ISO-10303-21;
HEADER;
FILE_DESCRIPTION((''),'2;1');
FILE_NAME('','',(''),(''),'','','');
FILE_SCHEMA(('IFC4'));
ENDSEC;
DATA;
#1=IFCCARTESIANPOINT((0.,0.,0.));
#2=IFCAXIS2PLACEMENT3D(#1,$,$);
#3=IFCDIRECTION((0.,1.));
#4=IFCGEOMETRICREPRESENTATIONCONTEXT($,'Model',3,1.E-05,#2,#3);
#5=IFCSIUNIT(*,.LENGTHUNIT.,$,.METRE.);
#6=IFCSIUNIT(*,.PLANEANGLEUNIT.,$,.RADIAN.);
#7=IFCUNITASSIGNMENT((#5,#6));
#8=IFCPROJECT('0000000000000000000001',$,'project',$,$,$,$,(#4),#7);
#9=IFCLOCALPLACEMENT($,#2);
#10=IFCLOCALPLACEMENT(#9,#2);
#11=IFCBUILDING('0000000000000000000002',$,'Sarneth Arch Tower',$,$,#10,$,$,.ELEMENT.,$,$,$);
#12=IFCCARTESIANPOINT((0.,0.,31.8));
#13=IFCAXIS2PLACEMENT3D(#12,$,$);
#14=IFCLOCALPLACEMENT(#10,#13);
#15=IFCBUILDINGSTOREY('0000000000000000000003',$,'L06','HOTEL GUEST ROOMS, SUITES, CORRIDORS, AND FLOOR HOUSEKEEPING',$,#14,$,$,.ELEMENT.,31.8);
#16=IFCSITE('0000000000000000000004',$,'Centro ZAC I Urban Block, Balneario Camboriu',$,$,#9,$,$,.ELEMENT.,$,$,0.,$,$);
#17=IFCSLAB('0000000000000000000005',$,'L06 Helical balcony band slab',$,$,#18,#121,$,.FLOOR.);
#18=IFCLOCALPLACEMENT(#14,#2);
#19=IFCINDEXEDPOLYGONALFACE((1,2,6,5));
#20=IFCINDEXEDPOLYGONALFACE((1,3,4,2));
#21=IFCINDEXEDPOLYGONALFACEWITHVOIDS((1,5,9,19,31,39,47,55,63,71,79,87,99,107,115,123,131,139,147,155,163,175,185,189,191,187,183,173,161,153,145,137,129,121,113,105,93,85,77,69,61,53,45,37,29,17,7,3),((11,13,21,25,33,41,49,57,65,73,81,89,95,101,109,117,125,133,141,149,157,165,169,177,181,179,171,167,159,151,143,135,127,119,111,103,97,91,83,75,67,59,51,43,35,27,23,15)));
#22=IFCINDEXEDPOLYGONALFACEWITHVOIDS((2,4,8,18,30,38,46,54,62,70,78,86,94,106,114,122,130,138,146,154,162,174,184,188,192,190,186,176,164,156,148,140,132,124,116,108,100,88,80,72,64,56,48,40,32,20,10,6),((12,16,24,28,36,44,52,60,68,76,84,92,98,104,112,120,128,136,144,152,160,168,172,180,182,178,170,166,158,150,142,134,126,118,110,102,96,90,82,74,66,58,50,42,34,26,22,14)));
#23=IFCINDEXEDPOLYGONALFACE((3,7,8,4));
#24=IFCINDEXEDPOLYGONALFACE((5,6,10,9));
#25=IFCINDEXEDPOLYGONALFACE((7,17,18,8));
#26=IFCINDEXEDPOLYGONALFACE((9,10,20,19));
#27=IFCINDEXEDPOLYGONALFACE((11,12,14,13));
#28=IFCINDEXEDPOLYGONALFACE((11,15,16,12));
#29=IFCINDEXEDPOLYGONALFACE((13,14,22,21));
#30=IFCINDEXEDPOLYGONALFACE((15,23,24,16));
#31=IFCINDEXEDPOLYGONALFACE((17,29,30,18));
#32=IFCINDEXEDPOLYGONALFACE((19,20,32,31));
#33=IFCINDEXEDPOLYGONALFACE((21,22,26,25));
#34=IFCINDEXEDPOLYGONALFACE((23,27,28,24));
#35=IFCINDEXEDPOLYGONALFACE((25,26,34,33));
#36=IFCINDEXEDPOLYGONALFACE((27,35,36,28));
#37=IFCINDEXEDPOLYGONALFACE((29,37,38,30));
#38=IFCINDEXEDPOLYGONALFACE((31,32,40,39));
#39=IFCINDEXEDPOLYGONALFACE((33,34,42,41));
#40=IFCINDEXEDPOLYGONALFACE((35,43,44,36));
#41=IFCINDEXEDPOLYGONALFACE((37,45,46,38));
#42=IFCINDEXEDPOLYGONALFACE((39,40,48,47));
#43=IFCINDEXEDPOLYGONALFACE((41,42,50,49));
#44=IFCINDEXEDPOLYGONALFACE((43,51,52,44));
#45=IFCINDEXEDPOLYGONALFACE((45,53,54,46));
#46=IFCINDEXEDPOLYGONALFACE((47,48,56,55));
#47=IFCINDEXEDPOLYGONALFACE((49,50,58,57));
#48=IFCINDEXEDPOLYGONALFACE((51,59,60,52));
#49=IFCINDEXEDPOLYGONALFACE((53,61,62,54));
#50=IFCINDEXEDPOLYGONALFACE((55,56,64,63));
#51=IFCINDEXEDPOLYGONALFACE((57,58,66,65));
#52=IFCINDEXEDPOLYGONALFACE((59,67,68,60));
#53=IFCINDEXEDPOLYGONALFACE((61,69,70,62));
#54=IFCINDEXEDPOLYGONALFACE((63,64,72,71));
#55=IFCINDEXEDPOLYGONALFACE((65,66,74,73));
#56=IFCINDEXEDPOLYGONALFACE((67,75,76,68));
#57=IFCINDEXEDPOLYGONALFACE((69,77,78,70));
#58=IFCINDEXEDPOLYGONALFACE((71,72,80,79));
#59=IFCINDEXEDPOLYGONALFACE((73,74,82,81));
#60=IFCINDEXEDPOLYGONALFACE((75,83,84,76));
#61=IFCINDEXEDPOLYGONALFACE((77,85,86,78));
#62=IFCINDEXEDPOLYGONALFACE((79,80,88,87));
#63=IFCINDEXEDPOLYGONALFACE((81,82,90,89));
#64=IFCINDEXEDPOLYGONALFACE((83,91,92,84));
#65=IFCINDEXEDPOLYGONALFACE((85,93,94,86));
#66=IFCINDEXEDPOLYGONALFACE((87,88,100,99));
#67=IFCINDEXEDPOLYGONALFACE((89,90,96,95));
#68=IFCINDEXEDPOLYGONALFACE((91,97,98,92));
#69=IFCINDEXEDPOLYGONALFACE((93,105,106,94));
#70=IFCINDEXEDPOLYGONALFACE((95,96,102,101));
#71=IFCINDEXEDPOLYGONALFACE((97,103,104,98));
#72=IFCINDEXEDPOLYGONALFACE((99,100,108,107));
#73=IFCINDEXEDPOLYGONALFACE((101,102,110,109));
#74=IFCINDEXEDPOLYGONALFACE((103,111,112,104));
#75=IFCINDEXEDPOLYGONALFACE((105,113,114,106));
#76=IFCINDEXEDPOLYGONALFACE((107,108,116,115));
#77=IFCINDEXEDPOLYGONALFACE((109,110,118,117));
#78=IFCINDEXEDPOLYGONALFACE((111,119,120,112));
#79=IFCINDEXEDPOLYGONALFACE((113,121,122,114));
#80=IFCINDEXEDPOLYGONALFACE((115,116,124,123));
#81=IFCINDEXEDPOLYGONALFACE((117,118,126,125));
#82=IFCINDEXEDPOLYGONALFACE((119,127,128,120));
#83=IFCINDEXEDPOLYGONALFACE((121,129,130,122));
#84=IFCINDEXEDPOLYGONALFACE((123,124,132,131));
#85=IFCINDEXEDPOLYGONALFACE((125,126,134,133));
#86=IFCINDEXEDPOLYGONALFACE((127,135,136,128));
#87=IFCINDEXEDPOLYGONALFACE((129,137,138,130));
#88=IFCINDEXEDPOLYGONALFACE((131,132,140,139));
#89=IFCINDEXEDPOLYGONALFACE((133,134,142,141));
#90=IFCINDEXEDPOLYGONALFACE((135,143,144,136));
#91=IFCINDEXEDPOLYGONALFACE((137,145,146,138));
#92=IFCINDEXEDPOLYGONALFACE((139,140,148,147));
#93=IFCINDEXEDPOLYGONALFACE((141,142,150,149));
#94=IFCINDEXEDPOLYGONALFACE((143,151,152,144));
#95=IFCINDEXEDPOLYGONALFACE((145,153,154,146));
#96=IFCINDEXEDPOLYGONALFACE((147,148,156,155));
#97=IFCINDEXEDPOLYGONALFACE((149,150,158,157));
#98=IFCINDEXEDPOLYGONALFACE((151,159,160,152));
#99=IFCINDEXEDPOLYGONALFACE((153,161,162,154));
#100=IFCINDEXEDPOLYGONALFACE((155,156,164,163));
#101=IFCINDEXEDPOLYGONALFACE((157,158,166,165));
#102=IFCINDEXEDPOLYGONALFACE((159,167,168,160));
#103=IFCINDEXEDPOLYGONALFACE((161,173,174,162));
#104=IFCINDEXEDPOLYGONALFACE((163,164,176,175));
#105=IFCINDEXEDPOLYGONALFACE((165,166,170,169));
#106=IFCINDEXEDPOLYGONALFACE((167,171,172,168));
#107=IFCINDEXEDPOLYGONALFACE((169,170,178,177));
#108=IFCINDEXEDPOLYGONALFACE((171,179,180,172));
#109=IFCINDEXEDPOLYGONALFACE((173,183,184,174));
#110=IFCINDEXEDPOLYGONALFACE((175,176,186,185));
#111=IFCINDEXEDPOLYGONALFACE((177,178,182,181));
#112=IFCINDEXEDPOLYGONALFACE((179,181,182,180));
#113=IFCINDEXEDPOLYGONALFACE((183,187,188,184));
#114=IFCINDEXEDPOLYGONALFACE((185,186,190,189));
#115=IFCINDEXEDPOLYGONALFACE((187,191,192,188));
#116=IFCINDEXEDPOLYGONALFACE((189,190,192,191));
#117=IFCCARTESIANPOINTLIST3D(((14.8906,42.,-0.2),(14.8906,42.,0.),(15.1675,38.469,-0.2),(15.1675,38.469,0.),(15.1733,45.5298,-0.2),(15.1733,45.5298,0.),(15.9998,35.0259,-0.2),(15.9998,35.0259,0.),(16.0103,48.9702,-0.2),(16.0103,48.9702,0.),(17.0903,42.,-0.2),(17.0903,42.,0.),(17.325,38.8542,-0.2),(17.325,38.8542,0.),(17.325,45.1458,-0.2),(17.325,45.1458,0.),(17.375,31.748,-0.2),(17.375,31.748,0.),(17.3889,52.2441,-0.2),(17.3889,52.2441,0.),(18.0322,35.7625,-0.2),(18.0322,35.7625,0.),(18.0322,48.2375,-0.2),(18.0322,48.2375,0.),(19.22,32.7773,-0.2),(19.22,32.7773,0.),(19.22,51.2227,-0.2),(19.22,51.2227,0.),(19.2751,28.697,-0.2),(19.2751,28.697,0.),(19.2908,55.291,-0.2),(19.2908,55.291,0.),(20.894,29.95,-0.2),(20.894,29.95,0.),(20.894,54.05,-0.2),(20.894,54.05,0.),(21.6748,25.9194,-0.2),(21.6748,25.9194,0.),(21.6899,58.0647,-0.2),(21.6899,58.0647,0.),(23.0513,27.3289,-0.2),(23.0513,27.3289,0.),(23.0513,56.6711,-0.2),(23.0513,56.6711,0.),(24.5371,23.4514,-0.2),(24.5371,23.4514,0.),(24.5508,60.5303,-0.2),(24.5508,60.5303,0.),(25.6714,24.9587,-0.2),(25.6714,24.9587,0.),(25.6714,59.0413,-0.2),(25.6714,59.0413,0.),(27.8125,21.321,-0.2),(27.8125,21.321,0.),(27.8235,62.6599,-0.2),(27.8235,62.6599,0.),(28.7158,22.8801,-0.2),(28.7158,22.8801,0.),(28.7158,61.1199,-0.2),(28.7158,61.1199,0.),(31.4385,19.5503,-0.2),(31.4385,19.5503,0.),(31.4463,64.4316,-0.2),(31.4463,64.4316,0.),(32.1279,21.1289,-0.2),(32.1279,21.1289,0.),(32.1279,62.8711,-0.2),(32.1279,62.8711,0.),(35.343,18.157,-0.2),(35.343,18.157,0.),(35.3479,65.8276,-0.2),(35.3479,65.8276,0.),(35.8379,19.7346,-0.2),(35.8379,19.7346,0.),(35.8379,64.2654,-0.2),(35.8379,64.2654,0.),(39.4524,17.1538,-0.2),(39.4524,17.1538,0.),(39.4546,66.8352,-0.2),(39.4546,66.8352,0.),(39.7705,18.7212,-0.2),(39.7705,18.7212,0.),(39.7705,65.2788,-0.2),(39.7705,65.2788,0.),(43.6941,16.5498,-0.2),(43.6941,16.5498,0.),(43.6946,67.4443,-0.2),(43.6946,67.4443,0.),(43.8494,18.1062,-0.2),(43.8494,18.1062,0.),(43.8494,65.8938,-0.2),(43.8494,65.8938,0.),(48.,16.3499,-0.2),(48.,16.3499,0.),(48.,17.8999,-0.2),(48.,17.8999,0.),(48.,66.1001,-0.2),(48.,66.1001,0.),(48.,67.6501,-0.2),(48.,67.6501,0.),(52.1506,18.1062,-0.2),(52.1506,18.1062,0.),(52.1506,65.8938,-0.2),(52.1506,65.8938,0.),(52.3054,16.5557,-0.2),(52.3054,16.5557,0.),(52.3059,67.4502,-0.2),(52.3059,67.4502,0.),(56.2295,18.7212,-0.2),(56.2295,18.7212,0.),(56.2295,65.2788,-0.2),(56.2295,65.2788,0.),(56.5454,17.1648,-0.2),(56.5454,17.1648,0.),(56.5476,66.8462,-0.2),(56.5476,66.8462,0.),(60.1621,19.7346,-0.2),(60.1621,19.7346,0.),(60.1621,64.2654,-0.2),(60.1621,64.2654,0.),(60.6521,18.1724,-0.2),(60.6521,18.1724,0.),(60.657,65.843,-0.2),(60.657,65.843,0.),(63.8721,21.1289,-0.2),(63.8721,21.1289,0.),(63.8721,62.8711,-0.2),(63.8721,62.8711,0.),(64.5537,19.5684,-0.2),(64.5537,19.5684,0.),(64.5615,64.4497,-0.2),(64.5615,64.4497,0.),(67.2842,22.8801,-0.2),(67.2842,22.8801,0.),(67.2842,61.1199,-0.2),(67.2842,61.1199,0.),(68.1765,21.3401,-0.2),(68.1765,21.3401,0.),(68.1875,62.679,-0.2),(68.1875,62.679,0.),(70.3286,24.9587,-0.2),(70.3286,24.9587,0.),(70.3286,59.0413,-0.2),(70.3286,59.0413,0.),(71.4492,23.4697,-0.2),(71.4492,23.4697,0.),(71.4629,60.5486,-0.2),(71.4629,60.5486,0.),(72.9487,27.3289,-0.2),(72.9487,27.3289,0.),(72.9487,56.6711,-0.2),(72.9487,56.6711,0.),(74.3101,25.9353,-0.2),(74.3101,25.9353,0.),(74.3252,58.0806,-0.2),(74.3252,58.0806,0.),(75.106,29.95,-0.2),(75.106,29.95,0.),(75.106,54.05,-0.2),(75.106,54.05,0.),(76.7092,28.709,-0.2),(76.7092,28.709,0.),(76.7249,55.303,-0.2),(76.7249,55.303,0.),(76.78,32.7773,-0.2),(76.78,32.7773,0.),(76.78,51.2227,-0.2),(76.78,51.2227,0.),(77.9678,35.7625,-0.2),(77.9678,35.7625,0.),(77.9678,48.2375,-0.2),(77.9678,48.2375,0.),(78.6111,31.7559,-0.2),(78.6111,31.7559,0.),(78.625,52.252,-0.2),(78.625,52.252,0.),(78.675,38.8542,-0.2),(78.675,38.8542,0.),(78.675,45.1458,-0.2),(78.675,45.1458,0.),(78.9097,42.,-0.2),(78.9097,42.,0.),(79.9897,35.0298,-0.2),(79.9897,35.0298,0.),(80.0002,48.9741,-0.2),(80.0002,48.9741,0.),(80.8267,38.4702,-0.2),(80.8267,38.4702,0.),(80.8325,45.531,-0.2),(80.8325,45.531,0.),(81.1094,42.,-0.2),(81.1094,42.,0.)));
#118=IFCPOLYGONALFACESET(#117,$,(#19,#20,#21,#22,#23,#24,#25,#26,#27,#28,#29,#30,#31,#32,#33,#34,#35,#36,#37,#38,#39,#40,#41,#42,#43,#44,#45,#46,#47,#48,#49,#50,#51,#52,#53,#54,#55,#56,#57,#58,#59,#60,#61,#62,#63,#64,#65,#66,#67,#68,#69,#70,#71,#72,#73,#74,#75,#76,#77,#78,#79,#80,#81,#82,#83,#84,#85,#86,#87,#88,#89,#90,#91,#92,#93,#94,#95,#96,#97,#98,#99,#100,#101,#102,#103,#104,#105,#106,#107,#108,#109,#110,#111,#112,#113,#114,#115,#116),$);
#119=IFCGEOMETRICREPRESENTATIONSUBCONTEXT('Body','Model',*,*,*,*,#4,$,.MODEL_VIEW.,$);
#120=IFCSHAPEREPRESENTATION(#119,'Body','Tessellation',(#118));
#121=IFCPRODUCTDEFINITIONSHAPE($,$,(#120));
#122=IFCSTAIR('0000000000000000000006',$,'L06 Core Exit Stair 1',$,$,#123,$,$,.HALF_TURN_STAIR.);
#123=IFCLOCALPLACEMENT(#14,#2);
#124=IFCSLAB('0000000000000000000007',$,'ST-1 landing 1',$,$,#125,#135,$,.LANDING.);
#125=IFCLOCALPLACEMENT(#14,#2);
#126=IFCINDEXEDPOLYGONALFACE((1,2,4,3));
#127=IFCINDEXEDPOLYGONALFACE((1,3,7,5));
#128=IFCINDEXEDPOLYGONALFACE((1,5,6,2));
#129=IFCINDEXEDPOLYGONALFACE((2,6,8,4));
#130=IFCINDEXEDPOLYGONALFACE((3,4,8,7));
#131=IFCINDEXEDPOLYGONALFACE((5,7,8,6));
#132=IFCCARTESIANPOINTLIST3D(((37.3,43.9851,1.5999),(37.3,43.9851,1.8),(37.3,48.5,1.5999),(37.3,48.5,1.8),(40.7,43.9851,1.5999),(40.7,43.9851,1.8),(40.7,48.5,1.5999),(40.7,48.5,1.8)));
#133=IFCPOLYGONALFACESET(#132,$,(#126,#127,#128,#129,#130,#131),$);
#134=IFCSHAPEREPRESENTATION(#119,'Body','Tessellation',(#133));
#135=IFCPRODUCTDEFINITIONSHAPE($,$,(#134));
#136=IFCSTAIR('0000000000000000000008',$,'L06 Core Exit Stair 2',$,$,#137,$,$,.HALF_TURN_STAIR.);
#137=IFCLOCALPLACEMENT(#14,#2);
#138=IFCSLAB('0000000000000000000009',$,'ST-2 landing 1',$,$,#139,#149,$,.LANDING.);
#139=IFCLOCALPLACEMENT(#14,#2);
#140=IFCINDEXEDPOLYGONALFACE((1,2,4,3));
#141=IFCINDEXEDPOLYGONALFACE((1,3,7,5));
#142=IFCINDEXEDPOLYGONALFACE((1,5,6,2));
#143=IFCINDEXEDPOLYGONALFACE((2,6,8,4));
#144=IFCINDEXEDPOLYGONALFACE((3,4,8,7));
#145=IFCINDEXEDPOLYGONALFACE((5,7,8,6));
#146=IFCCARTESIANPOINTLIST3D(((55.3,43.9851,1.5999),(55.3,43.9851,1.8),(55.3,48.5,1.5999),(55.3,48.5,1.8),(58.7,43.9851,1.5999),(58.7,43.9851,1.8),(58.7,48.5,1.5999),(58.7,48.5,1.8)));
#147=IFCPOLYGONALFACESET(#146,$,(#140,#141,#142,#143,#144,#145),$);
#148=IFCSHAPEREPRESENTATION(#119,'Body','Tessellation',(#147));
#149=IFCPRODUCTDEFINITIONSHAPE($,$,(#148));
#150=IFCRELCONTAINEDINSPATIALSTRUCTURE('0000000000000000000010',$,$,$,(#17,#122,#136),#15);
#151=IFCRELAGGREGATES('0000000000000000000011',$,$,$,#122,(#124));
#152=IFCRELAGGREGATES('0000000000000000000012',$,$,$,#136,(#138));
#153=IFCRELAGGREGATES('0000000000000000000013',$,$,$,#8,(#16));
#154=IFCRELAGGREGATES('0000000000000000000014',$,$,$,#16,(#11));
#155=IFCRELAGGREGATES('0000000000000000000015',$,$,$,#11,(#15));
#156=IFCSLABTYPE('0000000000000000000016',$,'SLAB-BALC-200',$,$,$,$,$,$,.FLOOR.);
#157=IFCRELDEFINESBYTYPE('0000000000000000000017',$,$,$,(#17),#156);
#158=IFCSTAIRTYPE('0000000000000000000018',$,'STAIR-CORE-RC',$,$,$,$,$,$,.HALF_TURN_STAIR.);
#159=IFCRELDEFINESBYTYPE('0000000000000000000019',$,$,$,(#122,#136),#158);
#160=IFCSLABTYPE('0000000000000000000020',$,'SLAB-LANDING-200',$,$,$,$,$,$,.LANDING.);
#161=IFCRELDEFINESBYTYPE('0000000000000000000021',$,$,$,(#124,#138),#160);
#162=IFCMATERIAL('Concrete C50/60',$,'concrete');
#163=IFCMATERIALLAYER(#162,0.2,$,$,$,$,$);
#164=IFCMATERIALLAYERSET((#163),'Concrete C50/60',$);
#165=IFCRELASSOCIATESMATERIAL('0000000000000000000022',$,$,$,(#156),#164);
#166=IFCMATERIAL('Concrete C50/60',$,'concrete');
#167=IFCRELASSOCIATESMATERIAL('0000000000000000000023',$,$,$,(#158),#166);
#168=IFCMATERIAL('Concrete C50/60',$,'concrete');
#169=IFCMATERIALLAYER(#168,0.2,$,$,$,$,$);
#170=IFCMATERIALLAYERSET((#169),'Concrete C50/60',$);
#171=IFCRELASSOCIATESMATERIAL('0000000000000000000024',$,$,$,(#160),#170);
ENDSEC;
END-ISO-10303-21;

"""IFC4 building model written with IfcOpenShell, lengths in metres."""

from ifc_helpers import new_model, si_unit, direction, frame, origin, place, context, subcontext, project, spatial, polyline, outline, extrude, material, layer, layer_set, type_object, element, aggregate, save


model = new_model("IFC4")

# Units and contexts
model_context = context("Model", 3, precision=1e-05, world=origin(), true_north=direction((0.0, 1.0)))
body_context = subcontext(model_context, "Body", "Model", "MODEL_VIEW")
ifc_project = project(units=[si_unit("LENGTHUNIT", "METRE"), si_unit("PLANEANGLEUNIT", "RADIAN")], contexts=[model_context])

# Site, building, storey
site_placement = place(None, origin())
site = spatial("IfcSite", under=ifc_project, at=site_placement, Name="Centro ZAC I Urban Block, Balneario Camboriu", CompositionType="ELEMENT", RefElevation=0.0)
building_placement = place(site_placement, origin())
building = spatial("IfcBuilding", under=site, at=building_placement, Name="Sarneth Arch Tower", CompositionType="ELEMENT")
storey_placement = place(building_placement, frame((0.0, 0.0, 31.8)))
storey = spatial("IfcBuildingStorey", under=building, at=storey_placement, Name="L06", Description="HOTEL GUEST ROOMS, SUITES, CORRIDORS, AND FLOOR HOUSEKEEPING", CompositionType="ELEMENT", Elevation=31.8)

# Slab
ifc_material_1 = material(Name="Concrete C50/60", Category="concrete")
ifc_layer_1 = layer(ifc_material_1, 0.2)
ifc_layer_set_1 = layer_set([ifc_layer_1], Name="Concrete C50/60")
slab_type_1 = type_object("IfcSlabType", Name="SLAB-BALC-200", PredefinedType="FLOOR", material=ifc_layer_set_1)
slab_1_placement = place(storey_placement, frame((0.0, 0.0, -0.2)))
element("IfcSlab", 1, at=slab_1_placement, inside=storey, type_object=slab_type_1, Name="L06 Helical balcony band slab", PredefinedType="FLOOR", context=body_context, shape_type="SweptSolid", body=[
    extrude(outline(polyline([(81.1094, 42.0), (80.8325, 45.531), (80.0002, 48.9741), (78.625, 52.252), (76.7249, 55.303), (74.3252, 58.0806), (71.4629, 60.5486), (68.1875, 62.679), (64.5615, 64.4497), (60.657, 65.843), (56.5476, 66.8462), (52.3059, 67.4502), (48.0, 67.6501), (43.6946, 67.4443), (39.4546, 66.8352), (35.3479, 65.8276), (31.4463, 64.4316), (27.8235, 62.6599), (24.5508, 60.5303), (21.6899, 58.0647), (19.2908, 55.291), (17.3889, 52.2441), (16.0103, 48.9702), (15.1733, 45.5298), (14.8906, 42.0), (15.1675, 38.469), (15.9998, 35.0259), (17.375, 31.748), (19.2751, 28.697), (21.6748, 25.9194), (24.5371, 23.4514), (27.8125, 21.321), (31.4385, 19.5503), (35.343, 18.157), (39.4524, 17.1538), (43.6941, 16.5498), (48.0, 16.3499), (52.3054, 16.5557), (56.5454, 17.1648), (60.6521, 18.1724), (64.5537, 19.5684), (68.1765, 21.3401), (71.4492, 23.4697), (74.3101, 25.9353), (76.7092, 28.709), (78.6111, 31.7559), (79.9897, 35.0298), (80.8267, 38.4702), (81.1094, 42.0)]), holes=[polyline([(78.9097, 42.0), (78.675, 45.1458), (77.9678, 48.2375), (76.78, 51.2227), (75.106, 54.05), (72.9487, 56.6711), (70.3286, 59.0413), (67.2842, 61.1199), (63.8721, 62.8711), (60.1621, 64.2654), (56.2295, 65.2788), (52.1506, 65.8938), (48.0, 66.1001), (43.8494, 65.8938), (39.7705, 65.2788), (35.8379, 64.2654), (32.1279, 62.8711), (28.7158, 61.1199), (25.6714, 59.0413), (23.0513, 56.6711), (20.894, 54.05), (19.22, 51.2227), (18.0322, 48.2375), (17.325, 45.1458), (17.0903, 42.0), (17.325, 38.8542), (18.0322, 35.7625), (19.22, 32.7773), (20.894, 29.95), (23.0513, 27.3289), (25.6714, 24.9587), (28.7158, 22.8801), (32.1279, 21.1289), (35.8379, 19.7346), (39.7705, 18.7212), (43.8494, 18.1062), (48.0, 17.8999), (52.1506, 18.1062), (56.2295, 18.7212), (60.1621, 19.7346), (63.8721, 21.1289), (67.2842, 22.8801), (70.3286, 24.9587), (72.9487, 27.3289), (75.106, 29.95), (76.78, 32.7773), (77.9678, 35.7625), (78.675, 38.8542), (78.9097, 42.0)])]), origin(), (0.0, 0.0, 1.0), 0.2),
])

# Stairs, slabs
ifc_material_2 = material(Name="Concrete C50/60", Category="concrete")
stair_type = type_object("IfcStairType", Name="STAIR-CORE-RC", PredefinedType="HALF_TURN_STAIR", material=ifc_material_2)
stair_1_placement = place(storey_placement, origin())
stair_1 = element("IfcStair", 2, at=stair_1_placement, inside=storey, type_object=stair_type, Name="L06 Core Exit Stair 1", PredefinedType="HALF_TURN_STAIR")
ifc_material_3 = material(Name="Concrete C50/60", Category="concrete")
ifc_layer_2 = layer(ifc_material_3, 0.2)
ifc_layer_set_2 = layer_set([ifc_layer_2], Name="Concrete C50/60")
slab_type_2 = type_object("IfcSlabType", Name="SLAB-LANDING-200", PredefinedType="LANDING", material=ifc_layer_set_2)
slab_2_placement = place(storey_placement, frame((0.0, 0.0, 1.5999)))
slab_2 = element("IfcSlab", 3, at=slab_2_placement, type_object=slab_type_2, Name="ST-1 landing 1", PredefinedType="LANDING", context=body_context, shape_type="SweptSolid", body=[
    extrude(outline(polyline([(37.3, 43.9851), (40.7, 43.9851), (40.7, 48.5), (37.3, 48.5), (37.3, 43.9851)])), origin(), (0.0, 0.0, 1.0), 0.2002),
])
aggregate(stair_1, [slab_2])
stair_2_placement = place(storey_placement, origin())
stair_2 = element("IfcStair", 4, at=stair_2_placement, inside=storey, type_object=stair_type, Name="L06 Core Exit Stair 2", PredefinedType="HALF_TURN_STAIR")
slab_3_placement = place(storey_placement, frame((0.0, 0.0, 1.5999)))
slab_3 = element("IfcSlab", 5, at=slab_3_placement, type_object=slab_type_2, Name="ST-2 landing 1", PredefinedType="LANDING", context=body_context, shape_type="SweptSolid", body=[
    extrude(outline(polyline([(55.3, 43.9851), (58.7, 43.9851), (58.7, 48.5), (55.3, 48.5), (55.3, 43.9851)])), origin(), (0.0, 0.0, 1.0), 0.2002),
])
aggregate(stair_2, [slab_3])

save(model, "model.ifc")
